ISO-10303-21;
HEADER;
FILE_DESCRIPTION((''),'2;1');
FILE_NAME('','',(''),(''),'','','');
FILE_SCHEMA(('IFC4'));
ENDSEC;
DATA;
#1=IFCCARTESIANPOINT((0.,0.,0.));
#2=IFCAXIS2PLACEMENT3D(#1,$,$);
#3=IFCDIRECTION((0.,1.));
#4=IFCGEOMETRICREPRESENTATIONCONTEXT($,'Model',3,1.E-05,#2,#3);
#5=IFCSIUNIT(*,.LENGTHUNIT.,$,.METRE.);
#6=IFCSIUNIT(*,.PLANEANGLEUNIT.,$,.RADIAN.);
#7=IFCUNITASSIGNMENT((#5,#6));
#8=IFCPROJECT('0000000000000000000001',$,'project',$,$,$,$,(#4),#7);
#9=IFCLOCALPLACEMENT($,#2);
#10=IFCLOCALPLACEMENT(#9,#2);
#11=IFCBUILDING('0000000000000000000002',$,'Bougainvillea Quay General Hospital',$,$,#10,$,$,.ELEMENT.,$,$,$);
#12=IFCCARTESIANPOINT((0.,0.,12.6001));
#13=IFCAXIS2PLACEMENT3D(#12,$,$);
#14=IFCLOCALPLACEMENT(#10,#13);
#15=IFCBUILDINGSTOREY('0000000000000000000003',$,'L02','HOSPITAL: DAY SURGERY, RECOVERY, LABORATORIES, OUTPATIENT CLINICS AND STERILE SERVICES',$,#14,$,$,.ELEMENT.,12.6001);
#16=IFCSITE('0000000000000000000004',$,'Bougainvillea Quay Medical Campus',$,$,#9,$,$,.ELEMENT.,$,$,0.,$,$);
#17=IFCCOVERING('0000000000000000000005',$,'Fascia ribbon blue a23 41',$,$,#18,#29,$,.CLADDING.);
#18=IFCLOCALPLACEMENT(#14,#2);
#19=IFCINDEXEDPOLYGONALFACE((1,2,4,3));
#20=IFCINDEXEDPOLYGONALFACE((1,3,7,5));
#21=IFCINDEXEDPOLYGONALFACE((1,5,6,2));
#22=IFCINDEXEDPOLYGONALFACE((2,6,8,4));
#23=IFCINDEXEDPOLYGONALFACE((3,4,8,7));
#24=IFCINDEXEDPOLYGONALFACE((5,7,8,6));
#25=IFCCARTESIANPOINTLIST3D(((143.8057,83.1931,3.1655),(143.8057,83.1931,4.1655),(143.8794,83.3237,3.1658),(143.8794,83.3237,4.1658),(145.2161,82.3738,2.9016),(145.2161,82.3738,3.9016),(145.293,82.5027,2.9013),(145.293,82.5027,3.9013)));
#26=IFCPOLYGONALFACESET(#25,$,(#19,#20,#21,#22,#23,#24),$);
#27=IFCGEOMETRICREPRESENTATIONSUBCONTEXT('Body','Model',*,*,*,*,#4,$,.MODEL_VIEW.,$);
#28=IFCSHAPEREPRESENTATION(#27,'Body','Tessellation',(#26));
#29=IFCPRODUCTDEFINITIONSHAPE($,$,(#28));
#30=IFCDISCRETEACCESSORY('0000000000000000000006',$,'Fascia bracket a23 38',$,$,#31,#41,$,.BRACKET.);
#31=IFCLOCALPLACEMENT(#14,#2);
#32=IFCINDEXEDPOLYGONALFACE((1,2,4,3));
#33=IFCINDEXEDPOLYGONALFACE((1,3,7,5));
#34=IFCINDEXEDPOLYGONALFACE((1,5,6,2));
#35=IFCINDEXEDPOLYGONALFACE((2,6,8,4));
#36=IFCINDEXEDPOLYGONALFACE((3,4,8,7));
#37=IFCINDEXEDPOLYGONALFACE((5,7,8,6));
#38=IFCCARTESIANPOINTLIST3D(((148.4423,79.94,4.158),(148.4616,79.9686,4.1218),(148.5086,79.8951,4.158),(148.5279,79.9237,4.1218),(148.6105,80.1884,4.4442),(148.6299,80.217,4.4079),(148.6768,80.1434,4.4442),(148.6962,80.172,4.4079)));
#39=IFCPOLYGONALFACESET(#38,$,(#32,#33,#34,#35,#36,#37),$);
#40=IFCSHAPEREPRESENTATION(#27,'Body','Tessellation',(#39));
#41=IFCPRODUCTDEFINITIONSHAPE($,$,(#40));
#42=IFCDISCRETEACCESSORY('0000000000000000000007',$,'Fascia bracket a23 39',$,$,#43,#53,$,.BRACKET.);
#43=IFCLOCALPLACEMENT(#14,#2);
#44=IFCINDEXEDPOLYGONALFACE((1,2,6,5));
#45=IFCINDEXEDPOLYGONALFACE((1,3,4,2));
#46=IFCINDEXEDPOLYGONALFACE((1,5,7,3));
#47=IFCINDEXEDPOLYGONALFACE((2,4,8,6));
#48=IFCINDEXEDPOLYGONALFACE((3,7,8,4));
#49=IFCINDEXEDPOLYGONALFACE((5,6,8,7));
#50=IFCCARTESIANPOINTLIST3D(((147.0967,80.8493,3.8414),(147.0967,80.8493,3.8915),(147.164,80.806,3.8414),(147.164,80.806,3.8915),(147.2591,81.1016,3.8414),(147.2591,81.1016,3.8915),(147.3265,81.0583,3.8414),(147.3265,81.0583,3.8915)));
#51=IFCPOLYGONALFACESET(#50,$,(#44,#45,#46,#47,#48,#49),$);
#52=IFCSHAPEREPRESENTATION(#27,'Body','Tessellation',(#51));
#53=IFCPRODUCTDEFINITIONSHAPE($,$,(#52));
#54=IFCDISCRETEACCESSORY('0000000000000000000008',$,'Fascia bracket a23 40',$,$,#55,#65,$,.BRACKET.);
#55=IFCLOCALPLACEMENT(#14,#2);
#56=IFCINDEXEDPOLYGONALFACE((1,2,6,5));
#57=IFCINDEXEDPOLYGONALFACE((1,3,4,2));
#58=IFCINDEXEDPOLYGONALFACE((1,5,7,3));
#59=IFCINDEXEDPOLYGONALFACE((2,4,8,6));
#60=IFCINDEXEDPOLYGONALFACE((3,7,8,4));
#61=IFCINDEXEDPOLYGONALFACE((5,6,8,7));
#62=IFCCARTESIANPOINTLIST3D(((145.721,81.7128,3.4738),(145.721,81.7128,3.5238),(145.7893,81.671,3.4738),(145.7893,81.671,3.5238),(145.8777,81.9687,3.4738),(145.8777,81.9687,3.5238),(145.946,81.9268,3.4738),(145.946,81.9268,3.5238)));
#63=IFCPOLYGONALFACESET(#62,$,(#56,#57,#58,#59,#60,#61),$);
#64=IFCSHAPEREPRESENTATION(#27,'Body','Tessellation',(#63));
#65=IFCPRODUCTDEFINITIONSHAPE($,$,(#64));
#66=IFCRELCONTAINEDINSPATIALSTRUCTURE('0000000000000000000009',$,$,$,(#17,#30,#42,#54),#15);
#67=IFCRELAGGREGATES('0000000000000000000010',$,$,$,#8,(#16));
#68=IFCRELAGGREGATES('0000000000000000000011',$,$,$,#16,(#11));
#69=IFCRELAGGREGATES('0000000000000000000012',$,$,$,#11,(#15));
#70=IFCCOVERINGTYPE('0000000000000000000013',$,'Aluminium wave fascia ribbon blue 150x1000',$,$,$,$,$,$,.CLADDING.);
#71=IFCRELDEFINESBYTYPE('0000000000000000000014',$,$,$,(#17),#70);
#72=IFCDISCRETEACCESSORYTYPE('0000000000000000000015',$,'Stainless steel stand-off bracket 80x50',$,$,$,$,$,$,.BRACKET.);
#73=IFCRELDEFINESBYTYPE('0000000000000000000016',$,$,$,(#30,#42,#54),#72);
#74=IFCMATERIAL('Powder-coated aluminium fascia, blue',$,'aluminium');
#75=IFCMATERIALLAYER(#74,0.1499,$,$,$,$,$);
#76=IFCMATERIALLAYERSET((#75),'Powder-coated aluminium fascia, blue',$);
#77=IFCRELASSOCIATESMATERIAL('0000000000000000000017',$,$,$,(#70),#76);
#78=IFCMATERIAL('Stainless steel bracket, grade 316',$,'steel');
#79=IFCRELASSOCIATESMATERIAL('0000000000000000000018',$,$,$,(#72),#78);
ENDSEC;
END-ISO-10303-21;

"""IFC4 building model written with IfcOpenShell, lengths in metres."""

from ifc_helpers import new_model, si_unit, direction, frame, origin, origin_2d, place, context, subcontext, project, spatial, polyline, rectangle, outline, extrude, material, layer, layer_set, material_profile, profile_set, type_object, element, save


model = new_model("IFC4")

# Units and contexts
model_context = context("Model", 3, precision=1e-05, world=origin(), true_north=direction((0.0, 1.0)))
body_context = subcontext(model_context, "Body", "Model", "MODEL_VIEW")
ifc_project = project(units=[si_unit("LENGTHUNIT", "METRE"), si_unit("PLANEANGLEUNIT", "RADIAN")], contexts=[model_context])

# Site, building, storey
site_placement = place(None, origin())
site = spatial("IfcSite", under=ifc_project, at=site_placement, Name="Bougainvillea Quay Medical Campus", CompositionType="ELEMENT", RefElevation=0.0)
building_placement = place(site_placement, origin())
building = spatial("IfcBuilding", under=site, at=building_placement, Name="Bougainvillea Quay General Hospital", CompositionType="ELEMENT")
storey_placement = place(building_placement, frame((0.0, 0.0, 12.6001)))
storey = spatial("IfcBuildingStorey", under=building, at=storey_placement, Name="L02", Description="HOSPITAL: DAY SURGERY, RECOVERY, LABORATORIES, OUTPATIENT CLINICS AND STERILE SERVICES", CompositionType="ELEMENT", Elevation=12.6001)

# Covering
ifc_material_1 = material(Name="Powder-coated aluminium fascia, blue", Category="aluminium")
ifc_layer_1 = layer(ifc_material_1, 0.1499)
ifc_layer_set_1 = layer_set([ifc_layer_1], Name="Powder-coated aluminium fascia, blue")
covering_type = type_object("IfcCoveringType", Name="Aluminium wave fascia ribbon blue 150x1000", PredefinedType="CLADDING", material=ifc_layer_set_1)
covering_1_placement = place(storey_placement, frame((145.2161, 82.3738, 2.9016), z_axis=(0.138116, -0.080167, 0.987166), x_axis=(-0.853587, 0.495869, 0.159696)))
element("IfcCovering", 1, at=covering_1_placement, inside=storey, type_object=covering_type, Name="Fascia ribbon blue a23 41", PredefinedType="CLADDING", context=body_context, shape_type="SweptSolid", body=[
    extrude(outline(polyline([(0.0, 0.0), (1.6523, 0.0), (1.6542, -0.15), (-0.0018, -0.1501), (0.0, 0.0)])), origin(), (0.159696, 0.000058, 0.987166), 1.0),
])

# Discrete accessories
ifc_material_2 = material(Name="Stainless steel bracket, grade 316", Category="steel")
ifc_material_profile_1 = material_profile(ifc_material_2, rectangle(XDim=0.0801, YDim=0.05, at=origin_2d()))
ifc_profile_set_1 = profile_set([ifc_material_profile_1], Name="Stainless steel bracket, grade 316")
discrete_accessory_type = type_object("IfcDiscreteAccessoryType", Name="Stainless steel stand-off bracket 80x50", PredefinedType="BRACKET", material=ifc_profile_set_1)
discrete_accessory_placement = place(storey_placement, frame((148.4851, 79.9319, 4.1399), z_axis=(0.405814, 0.599003, 0.690297), x_axis=(-0.827894, 0.560884, 0.0)))
element("IfcDiscreteAccessory", 2, at=discrete_accessory_placement, inside=storey, type_object=discrete_accessory_type, Name="Fascia bracket a23 38", PredefinedType="BRACKET", context=body_context, shape_type="SweptSolid", body=[
    extrude(rectangle(XDim=0.0801, YDim=0.05, at=origin_2d()), origin(), (0.0, 0.0, 1.0), 0.4146),
])
for number, where, z_axis, x_axis, name in (
    (3, (147.1304, 80.8276, 3.8665), (0.541292, 0.840834, 0.0), (-0.840834, 0.541292, 0.0), "Fascia bracket a23 39"),
    (4, (145.7551, 81.6919, 3.4988), (0.522371, 0.852718, 0.0), (-0.852718, 0.522371, 0.0), "Fascia bracket a23 40"),
):
    element("IfcDiscreteAccessory", number, at=place(storey_placement, frame(where, z_axis=z_axis, x_axis=x_axis)), inside=storey, type_object=discrete_accessory_type, Name=name, PredefinedType="BRACKET", context=body_context, shape_type="SweptSolid", body=[
        extrude(rectangle(XDim=0.0801, YDim=0.05, at=origin_2d()), origin(), (0.0, 0.0, 1.0), 0.3),
    ])

save(model, "model.ifc")
